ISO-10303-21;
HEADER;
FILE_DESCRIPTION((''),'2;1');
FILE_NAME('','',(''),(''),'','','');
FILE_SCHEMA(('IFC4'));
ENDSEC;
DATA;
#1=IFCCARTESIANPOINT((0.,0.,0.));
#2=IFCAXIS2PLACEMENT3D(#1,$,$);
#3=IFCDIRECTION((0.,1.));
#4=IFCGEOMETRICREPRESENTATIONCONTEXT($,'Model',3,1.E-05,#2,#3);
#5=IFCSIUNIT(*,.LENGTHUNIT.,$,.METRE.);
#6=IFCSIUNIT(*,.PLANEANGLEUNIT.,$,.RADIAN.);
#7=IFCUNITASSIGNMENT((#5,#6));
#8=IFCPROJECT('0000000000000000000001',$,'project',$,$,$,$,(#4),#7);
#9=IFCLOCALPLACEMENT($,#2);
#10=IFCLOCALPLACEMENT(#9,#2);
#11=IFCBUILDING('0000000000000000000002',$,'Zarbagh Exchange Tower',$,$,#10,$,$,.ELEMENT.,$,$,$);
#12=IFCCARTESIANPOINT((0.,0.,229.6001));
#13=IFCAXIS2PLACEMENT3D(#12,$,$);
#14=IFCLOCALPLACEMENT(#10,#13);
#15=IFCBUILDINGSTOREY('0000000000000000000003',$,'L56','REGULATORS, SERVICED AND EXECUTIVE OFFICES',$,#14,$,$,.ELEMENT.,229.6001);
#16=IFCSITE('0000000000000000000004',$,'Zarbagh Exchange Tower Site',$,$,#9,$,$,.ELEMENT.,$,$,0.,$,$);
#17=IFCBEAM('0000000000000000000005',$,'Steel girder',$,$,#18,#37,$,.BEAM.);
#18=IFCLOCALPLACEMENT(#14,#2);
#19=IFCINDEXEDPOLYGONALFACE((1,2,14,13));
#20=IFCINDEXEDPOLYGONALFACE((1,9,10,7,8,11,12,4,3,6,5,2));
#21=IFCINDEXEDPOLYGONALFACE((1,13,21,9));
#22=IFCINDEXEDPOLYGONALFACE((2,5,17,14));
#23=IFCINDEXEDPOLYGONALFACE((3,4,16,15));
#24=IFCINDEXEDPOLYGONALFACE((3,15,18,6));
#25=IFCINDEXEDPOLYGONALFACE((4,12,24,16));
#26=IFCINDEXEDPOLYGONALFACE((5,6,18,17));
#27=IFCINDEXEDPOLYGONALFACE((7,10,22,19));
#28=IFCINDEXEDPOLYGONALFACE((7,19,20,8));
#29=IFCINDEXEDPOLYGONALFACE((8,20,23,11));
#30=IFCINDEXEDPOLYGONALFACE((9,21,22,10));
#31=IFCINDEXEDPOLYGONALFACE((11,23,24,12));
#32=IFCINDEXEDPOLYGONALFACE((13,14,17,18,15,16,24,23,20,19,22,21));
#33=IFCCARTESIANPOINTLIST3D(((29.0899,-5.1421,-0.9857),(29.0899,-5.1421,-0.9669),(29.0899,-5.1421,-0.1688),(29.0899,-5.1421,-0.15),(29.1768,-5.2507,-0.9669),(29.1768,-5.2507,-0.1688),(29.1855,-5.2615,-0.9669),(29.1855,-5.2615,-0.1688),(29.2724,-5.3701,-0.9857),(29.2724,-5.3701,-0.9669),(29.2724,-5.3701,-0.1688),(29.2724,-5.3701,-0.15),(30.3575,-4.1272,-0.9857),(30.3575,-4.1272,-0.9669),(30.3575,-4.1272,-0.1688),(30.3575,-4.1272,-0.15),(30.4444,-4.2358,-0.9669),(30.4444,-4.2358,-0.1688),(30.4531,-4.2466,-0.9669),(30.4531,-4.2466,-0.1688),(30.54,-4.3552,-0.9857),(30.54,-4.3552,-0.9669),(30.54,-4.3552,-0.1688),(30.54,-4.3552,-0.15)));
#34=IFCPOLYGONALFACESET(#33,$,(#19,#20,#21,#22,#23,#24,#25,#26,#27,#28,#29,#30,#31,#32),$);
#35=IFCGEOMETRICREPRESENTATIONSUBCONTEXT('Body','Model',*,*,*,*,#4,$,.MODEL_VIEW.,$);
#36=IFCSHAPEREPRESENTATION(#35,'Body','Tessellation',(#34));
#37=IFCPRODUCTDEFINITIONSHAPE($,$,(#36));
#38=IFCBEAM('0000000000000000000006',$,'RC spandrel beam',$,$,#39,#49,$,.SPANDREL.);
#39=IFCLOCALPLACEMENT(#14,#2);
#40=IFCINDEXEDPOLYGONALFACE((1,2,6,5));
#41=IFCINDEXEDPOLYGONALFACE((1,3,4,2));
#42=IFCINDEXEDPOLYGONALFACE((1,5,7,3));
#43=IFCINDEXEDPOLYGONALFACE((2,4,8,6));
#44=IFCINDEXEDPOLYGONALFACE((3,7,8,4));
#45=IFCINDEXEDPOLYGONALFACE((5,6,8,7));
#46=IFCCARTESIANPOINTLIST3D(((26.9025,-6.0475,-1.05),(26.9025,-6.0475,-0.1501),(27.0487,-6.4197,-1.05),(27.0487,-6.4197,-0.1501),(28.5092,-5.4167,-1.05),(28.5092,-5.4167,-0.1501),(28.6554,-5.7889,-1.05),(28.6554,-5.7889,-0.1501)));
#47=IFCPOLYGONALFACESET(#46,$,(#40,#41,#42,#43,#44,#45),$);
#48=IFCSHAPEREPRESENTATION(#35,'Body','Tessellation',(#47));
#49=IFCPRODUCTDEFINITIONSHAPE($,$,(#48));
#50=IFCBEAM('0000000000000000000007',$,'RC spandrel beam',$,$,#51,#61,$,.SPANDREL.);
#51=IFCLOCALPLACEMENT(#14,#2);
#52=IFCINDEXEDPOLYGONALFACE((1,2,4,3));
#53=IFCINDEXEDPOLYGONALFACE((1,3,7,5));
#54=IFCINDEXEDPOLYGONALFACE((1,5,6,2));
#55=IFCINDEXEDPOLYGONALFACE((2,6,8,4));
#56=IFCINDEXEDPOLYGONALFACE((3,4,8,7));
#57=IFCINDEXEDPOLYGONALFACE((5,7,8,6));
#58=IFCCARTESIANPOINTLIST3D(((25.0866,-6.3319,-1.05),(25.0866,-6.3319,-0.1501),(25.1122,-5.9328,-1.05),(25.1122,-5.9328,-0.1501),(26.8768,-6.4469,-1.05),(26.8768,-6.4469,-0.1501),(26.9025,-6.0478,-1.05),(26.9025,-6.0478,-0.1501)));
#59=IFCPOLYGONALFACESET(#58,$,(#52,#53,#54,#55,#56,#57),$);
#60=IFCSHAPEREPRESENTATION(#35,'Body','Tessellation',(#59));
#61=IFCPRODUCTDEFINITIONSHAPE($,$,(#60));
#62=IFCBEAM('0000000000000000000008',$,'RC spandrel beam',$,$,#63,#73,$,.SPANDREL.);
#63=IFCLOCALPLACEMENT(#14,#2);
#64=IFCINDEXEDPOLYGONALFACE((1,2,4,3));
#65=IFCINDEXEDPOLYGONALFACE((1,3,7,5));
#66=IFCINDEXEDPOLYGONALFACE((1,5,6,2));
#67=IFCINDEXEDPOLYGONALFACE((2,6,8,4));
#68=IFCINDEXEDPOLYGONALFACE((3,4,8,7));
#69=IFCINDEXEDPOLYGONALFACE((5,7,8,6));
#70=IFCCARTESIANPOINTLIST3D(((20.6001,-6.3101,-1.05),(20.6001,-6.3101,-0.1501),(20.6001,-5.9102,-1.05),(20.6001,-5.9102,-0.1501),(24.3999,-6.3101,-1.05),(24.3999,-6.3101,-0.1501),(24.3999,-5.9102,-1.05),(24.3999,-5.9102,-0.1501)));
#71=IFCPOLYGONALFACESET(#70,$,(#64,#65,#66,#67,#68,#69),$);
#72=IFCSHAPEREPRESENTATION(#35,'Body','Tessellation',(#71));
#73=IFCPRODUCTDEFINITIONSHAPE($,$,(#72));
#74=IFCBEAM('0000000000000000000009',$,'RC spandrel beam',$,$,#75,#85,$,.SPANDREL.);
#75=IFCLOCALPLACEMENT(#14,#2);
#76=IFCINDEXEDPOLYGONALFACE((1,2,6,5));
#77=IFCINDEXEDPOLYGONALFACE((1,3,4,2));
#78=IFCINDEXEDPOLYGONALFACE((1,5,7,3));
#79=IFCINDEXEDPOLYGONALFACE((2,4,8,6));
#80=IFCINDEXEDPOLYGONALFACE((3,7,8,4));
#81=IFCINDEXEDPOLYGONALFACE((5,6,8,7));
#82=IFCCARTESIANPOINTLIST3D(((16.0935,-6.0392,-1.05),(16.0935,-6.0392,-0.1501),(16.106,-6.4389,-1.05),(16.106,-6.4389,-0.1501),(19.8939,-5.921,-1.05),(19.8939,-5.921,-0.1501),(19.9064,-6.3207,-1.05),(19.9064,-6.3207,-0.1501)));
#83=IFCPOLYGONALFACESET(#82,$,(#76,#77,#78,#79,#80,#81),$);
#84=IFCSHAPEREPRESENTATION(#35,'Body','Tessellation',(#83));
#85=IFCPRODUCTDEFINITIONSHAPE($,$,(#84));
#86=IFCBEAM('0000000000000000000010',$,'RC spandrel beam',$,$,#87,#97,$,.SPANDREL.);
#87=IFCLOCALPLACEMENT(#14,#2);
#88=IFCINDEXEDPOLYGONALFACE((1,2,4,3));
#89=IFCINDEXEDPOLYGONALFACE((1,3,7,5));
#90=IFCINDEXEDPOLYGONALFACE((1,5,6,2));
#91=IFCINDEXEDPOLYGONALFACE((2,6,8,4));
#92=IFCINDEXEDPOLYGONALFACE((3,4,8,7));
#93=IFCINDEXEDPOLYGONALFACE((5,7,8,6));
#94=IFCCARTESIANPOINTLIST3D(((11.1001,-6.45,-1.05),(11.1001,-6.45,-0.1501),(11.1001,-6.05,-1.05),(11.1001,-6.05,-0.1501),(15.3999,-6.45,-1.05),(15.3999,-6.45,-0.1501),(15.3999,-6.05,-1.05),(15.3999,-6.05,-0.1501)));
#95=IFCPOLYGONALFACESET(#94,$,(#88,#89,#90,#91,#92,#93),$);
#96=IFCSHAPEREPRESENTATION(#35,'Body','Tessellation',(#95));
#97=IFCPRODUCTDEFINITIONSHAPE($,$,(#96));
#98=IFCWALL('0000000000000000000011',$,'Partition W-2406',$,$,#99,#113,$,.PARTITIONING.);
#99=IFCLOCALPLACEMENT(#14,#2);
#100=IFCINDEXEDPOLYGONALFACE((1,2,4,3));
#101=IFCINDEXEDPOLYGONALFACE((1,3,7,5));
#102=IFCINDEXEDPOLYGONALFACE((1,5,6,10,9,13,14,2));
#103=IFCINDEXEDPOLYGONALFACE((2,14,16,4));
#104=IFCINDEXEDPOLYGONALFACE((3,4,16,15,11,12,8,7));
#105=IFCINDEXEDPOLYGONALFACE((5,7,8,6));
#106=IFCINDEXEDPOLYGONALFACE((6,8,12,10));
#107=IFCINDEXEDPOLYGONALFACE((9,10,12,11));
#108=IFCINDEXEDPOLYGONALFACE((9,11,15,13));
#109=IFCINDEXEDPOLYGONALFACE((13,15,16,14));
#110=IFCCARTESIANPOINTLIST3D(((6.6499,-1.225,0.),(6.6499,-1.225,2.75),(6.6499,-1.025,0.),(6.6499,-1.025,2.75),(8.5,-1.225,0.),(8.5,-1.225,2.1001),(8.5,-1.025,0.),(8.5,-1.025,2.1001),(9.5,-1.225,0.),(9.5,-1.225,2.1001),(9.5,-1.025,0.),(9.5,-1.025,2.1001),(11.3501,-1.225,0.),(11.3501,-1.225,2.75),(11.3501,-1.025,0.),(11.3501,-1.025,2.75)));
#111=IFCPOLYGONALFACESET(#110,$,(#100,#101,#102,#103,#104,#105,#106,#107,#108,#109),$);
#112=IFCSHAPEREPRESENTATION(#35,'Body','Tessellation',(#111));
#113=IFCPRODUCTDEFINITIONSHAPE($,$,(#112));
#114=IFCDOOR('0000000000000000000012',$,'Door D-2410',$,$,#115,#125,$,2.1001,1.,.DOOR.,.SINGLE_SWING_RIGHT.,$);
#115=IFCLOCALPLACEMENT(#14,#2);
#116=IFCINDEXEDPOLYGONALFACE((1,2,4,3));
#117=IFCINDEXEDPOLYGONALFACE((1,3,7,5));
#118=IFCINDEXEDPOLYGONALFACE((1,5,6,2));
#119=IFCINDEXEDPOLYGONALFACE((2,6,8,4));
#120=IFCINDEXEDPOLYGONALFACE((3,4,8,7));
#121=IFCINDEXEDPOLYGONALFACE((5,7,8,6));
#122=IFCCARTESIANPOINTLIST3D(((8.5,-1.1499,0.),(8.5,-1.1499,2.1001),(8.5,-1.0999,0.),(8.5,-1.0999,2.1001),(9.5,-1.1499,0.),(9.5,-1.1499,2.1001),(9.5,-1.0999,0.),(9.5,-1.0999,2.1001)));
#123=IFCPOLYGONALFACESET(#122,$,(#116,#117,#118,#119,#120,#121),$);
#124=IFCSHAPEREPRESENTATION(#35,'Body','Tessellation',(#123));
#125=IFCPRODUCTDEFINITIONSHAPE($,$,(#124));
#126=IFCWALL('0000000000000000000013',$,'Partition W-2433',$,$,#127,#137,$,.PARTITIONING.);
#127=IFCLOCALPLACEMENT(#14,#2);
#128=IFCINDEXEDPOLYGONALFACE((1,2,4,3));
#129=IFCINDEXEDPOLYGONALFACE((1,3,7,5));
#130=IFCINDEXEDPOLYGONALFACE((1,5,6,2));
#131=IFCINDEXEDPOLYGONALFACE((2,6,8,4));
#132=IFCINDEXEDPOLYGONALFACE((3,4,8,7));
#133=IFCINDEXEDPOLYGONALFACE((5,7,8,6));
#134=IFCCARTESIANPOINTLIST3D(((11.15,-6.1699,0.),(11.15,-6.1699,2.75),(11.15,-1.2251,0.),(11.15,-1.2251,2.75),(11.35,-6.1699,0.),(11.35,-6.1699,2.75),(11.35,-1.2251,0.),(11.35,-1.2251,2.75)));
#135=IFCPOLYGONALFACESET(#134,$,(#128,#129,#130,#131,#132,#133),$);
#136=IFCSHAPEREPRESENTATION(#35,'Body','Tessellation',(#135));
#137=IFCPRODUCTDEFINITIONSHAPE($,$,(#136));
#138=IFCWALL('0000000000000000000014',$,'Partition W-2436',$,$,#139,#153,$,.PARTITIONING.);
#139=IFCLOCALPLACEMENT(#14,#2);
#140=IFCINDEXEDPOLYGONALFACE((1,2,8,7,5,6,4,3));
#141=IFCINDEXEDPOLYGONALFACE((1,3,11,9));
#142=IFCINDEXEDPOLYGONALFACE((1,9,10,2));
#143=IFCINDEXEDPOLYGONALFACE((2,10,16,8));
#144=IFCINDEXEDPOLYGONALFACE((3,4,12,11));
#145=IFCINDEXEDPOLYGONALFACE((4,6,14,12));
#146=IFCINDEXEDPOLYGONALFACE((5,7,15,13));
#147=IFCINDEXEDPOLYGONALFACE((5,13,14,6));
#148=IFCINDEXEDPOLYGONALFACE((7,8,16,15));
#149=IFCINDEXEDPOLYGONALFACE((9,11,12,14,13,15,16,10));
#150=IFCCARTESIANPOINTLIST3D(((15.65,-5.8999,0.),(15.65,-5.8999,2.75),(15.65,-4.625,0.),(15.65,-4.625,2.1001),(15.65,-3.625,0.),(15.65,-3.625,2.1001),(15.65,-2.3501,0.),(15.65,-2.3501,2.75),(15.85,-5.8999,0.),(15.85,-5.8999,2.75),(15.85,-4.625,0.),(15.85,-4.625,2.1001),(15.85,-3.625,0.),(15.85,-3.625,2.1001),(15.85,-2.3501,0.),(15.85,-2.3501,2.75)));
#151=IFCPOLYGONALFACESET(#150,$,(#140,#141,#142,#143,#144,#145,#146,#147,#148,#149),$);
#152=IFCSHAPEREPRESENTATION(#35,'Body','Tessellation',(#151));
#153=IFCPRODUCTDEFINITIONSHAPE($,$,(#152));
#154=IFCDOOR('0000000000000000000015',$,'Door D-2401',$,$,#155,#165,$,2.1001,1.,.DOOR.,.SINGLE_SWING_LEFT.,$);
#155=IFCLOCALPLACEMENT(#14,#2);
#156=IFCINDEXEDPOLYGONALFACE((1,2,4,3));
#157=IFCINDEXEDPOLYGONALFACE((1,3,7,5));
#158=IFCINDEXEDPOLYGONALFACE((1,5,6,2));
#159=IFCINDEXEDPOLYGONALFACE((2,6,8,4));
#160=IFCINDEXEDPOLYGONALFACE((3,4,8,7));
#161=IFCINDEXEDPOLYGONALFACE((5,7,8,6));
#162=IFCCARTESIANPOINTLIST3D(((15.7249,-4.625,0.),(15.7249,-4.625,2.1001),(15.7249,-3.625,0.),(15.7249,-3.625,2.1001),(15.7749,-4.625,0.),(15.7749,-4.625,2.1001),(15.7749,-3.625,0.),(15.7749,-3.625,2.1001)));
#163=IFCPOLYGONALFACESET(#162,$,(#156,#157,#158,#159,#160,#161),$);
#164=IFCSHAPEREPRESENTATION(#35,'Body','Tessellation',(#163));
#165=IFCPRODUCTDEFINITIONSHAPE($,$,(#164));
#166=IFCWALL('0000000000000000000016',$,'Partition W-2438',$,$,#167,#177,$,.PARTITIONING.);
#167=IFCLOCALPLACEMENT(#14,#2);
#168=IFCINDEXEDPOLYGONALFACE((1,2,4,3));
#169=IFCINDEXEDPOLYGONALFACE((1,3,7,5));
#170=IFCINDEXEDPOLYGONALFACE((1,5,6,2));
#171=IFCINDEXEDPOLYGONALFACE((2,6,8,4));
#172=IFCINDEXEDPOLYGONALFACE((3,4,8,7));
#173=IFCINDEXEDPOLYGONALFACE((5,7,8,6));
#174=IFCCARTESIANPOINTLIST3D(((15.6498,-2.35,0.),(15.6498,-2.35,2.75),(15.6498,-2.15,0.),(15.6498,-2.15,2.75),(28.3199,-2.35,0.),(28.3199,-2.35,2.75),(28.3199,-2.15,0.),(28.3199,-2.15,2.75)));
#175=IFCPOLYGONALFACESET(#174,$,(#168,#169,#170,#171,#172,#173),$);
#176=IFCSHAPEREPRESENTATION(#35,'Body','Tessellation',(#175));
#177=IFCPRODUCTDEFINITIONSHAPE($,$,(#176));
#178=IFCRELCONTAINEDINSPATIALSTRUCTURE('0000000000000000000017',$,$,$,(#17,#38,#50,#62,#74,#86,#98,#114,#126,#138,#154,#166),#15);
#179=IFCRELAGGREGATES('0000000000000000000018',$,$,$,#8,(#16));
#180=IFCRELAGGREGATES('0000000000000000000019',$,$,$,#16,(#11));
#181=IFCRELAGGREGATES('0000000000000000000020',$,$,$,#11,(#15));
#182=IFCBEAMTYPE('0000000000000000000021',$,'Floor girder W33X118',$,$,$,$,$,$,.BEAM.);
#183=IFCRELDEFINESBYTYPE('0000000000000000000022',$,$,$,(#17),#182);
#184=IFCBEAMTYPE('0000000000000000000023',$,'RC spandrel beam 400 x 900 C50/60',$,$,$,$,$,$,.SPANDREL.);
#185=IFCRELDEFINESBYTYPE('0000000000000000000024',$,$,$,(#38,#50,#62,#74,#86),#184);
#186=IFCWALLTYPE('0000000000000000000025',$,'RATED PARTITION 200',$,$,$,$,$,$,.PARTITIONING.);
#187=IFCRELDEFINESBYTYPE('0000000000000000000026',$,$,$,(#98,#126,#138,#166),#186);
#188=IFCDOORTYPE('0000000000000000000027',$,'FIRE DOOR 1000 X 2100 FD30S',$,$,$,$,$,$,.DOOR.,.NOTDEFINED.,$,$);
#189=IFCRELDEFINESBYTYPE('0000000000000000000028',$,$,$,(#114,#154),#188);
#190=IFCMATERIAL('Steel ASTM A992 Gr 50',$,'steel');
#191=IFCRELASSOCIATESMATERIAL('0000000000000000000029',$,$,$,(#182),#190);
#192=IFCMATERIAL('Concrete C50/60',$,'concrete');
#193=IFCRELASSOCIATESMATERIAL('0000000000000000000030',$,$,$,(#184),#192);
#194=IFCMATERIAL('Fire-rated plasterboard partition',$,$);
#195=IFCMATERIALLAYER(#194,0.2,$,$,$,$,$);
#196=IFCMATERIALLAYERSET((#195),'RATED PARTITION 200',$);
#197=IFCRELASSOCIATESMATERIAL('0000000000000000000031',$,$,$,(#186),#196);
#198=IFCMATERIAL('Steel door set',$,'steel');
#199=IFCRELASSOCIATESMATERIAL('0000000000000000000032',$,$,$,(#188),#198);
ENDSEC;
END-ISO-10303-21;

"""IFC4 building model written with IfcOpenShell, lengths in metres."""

from ifc_helpers import new_model, si_unit, direction, frame, frame_2d, origin, origin_2d, place, context, subcontext, project, spatial, rectangle, i_section, extrude, material, layer, layer_set, material_profile, profile_set, type_object, element, fill, save


model = new_model("IFC4")

# Units and contexts
model_context = context("Model", 3, precision=1e-05, world=origin(), true_north=direction((0.0, 1.0)))
body_context = subcontext(model_context, "Body", "Model", "MODEL_VIEW")
ifc_project = project(units=[si_unit("LENGTHUNIT", "METRE"), si_unit("PLANEANGLEUNIT", "RADIAN")], contexts=[model_context])

# Site, building, storey
site_placement = place(None, origin())
site = spatial("IfcSite", under=ifc_project, at=site_placement, Name="Zarbagh Exchange Tower Site", CompositionType="ELEMENT", RefElevation=0.0)
building_placement = place(site_placement, origin())
building = spatial("IfcBuilding", under=site, at=building_placement, Name="Zarbagh Exchange Tower", CompositionType="ELEMENT")
storey_placement = place(building_placement, frame((0.0, 0.0, 229.6001)))
storey = spatial("IfcBuildingStorey", under=building, at=storey_placement, Name="L56", Description="REGULATORS, SERVICED AND EXECUTIVE OFFICES", CompositionType="ELEMENT", Elevation=229.6001)

# Shared definitions
ifc_material_1 = material(Name="Concrete C50/60", Category="concrete")

# Beams
ifc_material_2 = material(Name="Steel ASTM A992 Gr 50", Category="steel")
ifc_material_profile_1 = material_profile(ifc_material_2, i_section(OverallWidth=0.292, OverallDepth=0.8357, WebThickness=0.0139, FlangeThickness=0.0188, at=origin_2d()), Name="W33X118")
ifc_profile_set_1 = profile_set([ifc_material_profile_1], Name="Steel ASTM A992 Gr 50")
beam_type_1 = type_object("IfcBeamType", Name="Floor girder W33X118", PredefinedType="BEAM", material=ifc_profile_set_1)
beam_1_placement = place(storey_placement, frame((30.4487, -4.2412, -0.5679), z_axis=(-0.780619, -0.625007, 0.0), x_axis=(0.625007, -0.780619, 0.0)))
element("IfcBeam", 1, at=beam_1_placement, inside=storey, type_object=beam_type_1, Name="Steel girder", PredefinedType="BEAM", context=body_context, shape_type="SweptSolid", body=[
    extrude(i_section(OverallWidth=0.292, OverallDepth=0.8357, WebThickness=0.0139, FlangeThickness=0.0188, at=origin_2d()), origin(), (0.0, 0.0, 1.0), 1.6238),
])
ifc_material_profile_2 = material_profile(ifc_material_1, rectangle(XDim=0.3999, YDim=0.8999, at=origin_2d()), Name="RC spandrel beam 400 x 900 C50/60")
ifc_profile_set_2 = profile_set([ifc_material_profile_2], Name="Concrete C50/60")
beam_type_2 = type_object("IfcBeamType", Name="RC spandrel beam 400 x 900 C50/60", PredefinedType="SPANDREL", material=ifc_profile_set_2)
beam_2_placement = place(storey_placement, frame((28.5823, -5.6028, -0.6001), z_axis=(-0.930819, -0.365482, 0.0), x_axis=(0.365482, -0.930819, 0.0)))
element("IfcBeam", 2, at=beam_2_placement, inside=storey, type_object=beam_type_2, Name="RC spandrel beam", PredefinedType="SPANDREL", context=body_context, shape_type="SweptSolid", body=[
    extrude(rectangle(XDim=0.3999, YDim=0.8999, at=origin_2d()), origin(), (0.0, 0.0, 1.0), 1.7261),
])
beam_3_placement = place(storey_placement, frame((26.8896, -6.2473, -0.6001), z_axis=(-0.997944, 0.064098, 0.0), x_axis=(-0.064098, -0.997944, 0.0)))
element("IfcBeam", 3, at=beam_3_placement, inside=storey, type_object=beam_type_2, Name="RC spandrel beam", PredefinedType="SPANDREL", context=body_context, shape_type="SweptSolid", body=[
    extrude(rectangle(XDim=0.3999, YDim=0.8999, at=origin_2d()), origin(), (0.0, 0.0, 1.0), 1.7939),
])
beam_4_placement = place(storey_placement, frame((24.3999, -6.1101, -0.6001), z_axis=(-1.0, 0.0, 0.0), x_axis=(0.0, -1.0, 0.0)))
element("IfcBeam", 4, at=beam_4_placement, inside=storey, type_object=beam_type_2, Name="RC spandrel beam", PredefinedType="SPANDREL", context=body_context, shape_type="SweptSolid", body=[
    extrude(rectangle(XDim=0.3999, YDim=0.8999, at=origin_2d()), origin(), (0.0, 0.0, 1.0), 3.7998),
])
beam_5_placement = place(storey_placement, frame((19.9001, -6.1208, -0.6001), z_axis=(-0.999517, -0.031078, 0.0), x_axis=(0.031078, -0.999517, 0.0)))
element("IfcBeam", 5, at=beam_5_placement, inside=storey, type_object=beam_type_2, Name="RC spandrel beam", PredefinedType="SPANDREL", context=body_context, shape_type="SweptSolid", body=[
    extrude(rectangle(XDim=0.3999, YDim=0.8999, at=origin_2d()), origin(), (0.0, 0.0, 1.0), 3.8022),
])
beam_6_placement = place(storey_placement, frame((15.3999, -6.25, -0.6001), z_axis=(-1.0, 0.0, 0.0), x_axis=(0.0, -1.0, 0.0)))
element("IfcBeam", 6, at=beam_6_placement, inside=storey, type_object=beam_type_2, Name="RC spandrel beam", PredefinedType="SPANDREL", context=body_context, shape_type="SweptSolid", body=[
    extrude(rectangle(XDim=0.3999, YDim=0.8999, at=origin_2d()), origin(), (0.0, 0.0, 1.0), 4.2998),
])

# Wall, opening, door
ifc_material_3 = material(Name="Fire-rated plasterboard partition")
ifc_layer = layer(ifc_material_3, 0.2)
ifc_layer_set = layer_set([ifc_layer], Name="RATED PARTITION 200")
wall_type = type_object("IfcWallType", Name="RATED PARTITION 200", PredefinedType="PARTITIONING", material=ifc_layer_set)
wall_1_placement = place(storey_placement, frame((11.3501, -1.125, 0.0), z_axis=(0.0, 0.0, 1.0), x_axis=(-1.0, 0.0, 0.0)))
wall_1 = element("IfcWall", 7, at=wall_1_placement, inside=storey, type_object=wall_type, Name="Partition W-2406", PredefinedType="PARTITIONING", context=body_context, shape_type="SweptSolid", body=[
    extrude(rectangle(XDim=4.7002, YDim=0.2, at=frame_2d((2.3501, 0.0))), origin(), (0.0, 0.0, 1.0), 2.75),
])
opening_1_placement = place(wall_1_placement, frame((1.8501, 0.0, 0.0)))
opening_1 = element("IfcOpeningElement", 8, at=opening_1_placement, cuts=wall_1, PredefinedType="OPENING", context=body_context, shape_type="SweptSolid", body=[
    extrude(rectangle(XDim=1.0, YDim=2.1001, at=frame_2d((0.5, 1.05))), frame((0.0, 0.1099, 0.0), z_axis=(0.0, -1.0, 0.0), x_axis=(1.0, 0.0, 0.0)), (0.0, 0.0, 1.0), 0.22),
])
ifc_material_4 = material(Name="Steel door set", Category="steel")
door_type = type_object("IfcDoorType", Name="FIRE DOOR 1000 X 2100 FD30S", OperationType="NOTDEFINED", PredefinedType="DOOR", material=ifc_material_4)
door_1_placement = place(opening_1_placement, origin())
door_1 = element("IfcDoor", 9, at=door_1_placement, inside=storey, type_object=door_type, Name="Door D-2410", OperationType="SINGLE_SWING_RIGHT", OverallHeight=2.1001, OverallWidth=1.0, PredefinedType="DOOR", context=body_context, shape_type="SweptSolid", body=[
    extrude(rectangle(XDim=1.0, YDim=2.1001, at=frame_2d((0.5, 1.05))), frame((0.0, 0.0249, 0.0), z_axis=(0.0, -1.0, 0.0), x_axis=(1.0, 0.0, 0.0)), (0.0, 0.0, 1.0), 0.05),
])
fill(opening_1, door_1)

# Wall
wall_2_placement = place(storey_placement, frame((11.25, -6.1699, 0.0), z_axis=(0.0, 0.0, 1.0), x_axis=(0.0, 1.0, 0.0)))
element("IfcWall", 10, at=wall_2_placement, inside=storey, type_object=wall_type, Name="Partition W-2433", PredefinedType="PARTITIONING", context=body_context, shape_type="SweptSolid", body=[
    extrude(rectangle(XDim=4.9448, YDim=0.2, at=frame_2d((2.4724, 0.0))), origin(), (0.0, 0.0, 1.0), 2.75),
])

# Wall, opening, door
wall_3_placement = place(storey_placement, frame((15.75, -2.3501, 0.0), z_axis=(0.0, 0.0, 1.0), x_axis=(0.0, -1.0, 0.0)))
wall_3 = element("IfcWall", 11, at=wall_3_placement, inside=storey, type_object=wall_type, Name="Partition W-2436", PredefinedType="PARTITIONING", context=body_context, shape_type="SweptSolid", body=[
    extrude(rectangle(XDim=3.5498, YDim=0.2, at=frame_2d((1.7749, 0.0))), origin(), (0.0, 0.0, 1.0), 2.75),
])
opening_2_placement = place(wall_3_placement, frame((1.2749, 0.0, 0.0)))
opening_2 = element("IfcOpeningElement", 12, at=opening_2_placement, cuts=wall_3, PredefinedType="OPENING", context=body_context, shape_type="SweptSolid", body=[
    extrude(rectangle(XDim=1.0, YDim=2.1001, at=frame_2d((0.5, 1.05))), frame((0.0, 0.1099, 0.0), z_axis=(0.0, -1.0, 0.0), x_axis=(1.0, 0.0, 0.0)), (0.0, 0.0, 1.0), 0.22),
])
door_2_placement = place(opening_2_placement, origin())
door_2 = element("IfcDoor", 13, at=door_2_placement, inside=storey, type_object=door_type, Name="Door D-2401", OperationType="SINGLE_SWING_LEFT", OverallHeight=2.1001, OverallWidth=1.0, PredefinedType="DOOR", context=body_context, shape_type="SweptSolid", body=[
    extrude(rectangle(XDim=1.0, YDim=2.1001, at=frame_2d((0.5, 1.05))), frame((0.0, 0.0249, 0.0), z_axis=(0.0, -1.0, 0.0), x_axis=(1.0, 0.0, 0.0)), (0.0, 0.0, 1.0), 0.05),
])
fill(opening_2, door_2)

# Wall
wall_4_placement = place(storey_placement, frame((15.6499, -2.25, 0.0), z_axis=(0.0, 0.0, 1.0), x_axis=(1.0, 0.0, 0.0)))
element("IfcWall", 14, at=wall_4_placement, inside=storey, type_object=wall_type, Name="Partition W-2438", PredefinedType="PARTITIONING", context=body_context, shape_type="SweptSolid", body=[
    extrude(rectangle(XDim=12.6702, YDim=0.2, at=frame_2d((6.335, 0.0))), origin(), (0.0, 0.0, 1.0), 2.75),
])

save(model, "model.ifc")
